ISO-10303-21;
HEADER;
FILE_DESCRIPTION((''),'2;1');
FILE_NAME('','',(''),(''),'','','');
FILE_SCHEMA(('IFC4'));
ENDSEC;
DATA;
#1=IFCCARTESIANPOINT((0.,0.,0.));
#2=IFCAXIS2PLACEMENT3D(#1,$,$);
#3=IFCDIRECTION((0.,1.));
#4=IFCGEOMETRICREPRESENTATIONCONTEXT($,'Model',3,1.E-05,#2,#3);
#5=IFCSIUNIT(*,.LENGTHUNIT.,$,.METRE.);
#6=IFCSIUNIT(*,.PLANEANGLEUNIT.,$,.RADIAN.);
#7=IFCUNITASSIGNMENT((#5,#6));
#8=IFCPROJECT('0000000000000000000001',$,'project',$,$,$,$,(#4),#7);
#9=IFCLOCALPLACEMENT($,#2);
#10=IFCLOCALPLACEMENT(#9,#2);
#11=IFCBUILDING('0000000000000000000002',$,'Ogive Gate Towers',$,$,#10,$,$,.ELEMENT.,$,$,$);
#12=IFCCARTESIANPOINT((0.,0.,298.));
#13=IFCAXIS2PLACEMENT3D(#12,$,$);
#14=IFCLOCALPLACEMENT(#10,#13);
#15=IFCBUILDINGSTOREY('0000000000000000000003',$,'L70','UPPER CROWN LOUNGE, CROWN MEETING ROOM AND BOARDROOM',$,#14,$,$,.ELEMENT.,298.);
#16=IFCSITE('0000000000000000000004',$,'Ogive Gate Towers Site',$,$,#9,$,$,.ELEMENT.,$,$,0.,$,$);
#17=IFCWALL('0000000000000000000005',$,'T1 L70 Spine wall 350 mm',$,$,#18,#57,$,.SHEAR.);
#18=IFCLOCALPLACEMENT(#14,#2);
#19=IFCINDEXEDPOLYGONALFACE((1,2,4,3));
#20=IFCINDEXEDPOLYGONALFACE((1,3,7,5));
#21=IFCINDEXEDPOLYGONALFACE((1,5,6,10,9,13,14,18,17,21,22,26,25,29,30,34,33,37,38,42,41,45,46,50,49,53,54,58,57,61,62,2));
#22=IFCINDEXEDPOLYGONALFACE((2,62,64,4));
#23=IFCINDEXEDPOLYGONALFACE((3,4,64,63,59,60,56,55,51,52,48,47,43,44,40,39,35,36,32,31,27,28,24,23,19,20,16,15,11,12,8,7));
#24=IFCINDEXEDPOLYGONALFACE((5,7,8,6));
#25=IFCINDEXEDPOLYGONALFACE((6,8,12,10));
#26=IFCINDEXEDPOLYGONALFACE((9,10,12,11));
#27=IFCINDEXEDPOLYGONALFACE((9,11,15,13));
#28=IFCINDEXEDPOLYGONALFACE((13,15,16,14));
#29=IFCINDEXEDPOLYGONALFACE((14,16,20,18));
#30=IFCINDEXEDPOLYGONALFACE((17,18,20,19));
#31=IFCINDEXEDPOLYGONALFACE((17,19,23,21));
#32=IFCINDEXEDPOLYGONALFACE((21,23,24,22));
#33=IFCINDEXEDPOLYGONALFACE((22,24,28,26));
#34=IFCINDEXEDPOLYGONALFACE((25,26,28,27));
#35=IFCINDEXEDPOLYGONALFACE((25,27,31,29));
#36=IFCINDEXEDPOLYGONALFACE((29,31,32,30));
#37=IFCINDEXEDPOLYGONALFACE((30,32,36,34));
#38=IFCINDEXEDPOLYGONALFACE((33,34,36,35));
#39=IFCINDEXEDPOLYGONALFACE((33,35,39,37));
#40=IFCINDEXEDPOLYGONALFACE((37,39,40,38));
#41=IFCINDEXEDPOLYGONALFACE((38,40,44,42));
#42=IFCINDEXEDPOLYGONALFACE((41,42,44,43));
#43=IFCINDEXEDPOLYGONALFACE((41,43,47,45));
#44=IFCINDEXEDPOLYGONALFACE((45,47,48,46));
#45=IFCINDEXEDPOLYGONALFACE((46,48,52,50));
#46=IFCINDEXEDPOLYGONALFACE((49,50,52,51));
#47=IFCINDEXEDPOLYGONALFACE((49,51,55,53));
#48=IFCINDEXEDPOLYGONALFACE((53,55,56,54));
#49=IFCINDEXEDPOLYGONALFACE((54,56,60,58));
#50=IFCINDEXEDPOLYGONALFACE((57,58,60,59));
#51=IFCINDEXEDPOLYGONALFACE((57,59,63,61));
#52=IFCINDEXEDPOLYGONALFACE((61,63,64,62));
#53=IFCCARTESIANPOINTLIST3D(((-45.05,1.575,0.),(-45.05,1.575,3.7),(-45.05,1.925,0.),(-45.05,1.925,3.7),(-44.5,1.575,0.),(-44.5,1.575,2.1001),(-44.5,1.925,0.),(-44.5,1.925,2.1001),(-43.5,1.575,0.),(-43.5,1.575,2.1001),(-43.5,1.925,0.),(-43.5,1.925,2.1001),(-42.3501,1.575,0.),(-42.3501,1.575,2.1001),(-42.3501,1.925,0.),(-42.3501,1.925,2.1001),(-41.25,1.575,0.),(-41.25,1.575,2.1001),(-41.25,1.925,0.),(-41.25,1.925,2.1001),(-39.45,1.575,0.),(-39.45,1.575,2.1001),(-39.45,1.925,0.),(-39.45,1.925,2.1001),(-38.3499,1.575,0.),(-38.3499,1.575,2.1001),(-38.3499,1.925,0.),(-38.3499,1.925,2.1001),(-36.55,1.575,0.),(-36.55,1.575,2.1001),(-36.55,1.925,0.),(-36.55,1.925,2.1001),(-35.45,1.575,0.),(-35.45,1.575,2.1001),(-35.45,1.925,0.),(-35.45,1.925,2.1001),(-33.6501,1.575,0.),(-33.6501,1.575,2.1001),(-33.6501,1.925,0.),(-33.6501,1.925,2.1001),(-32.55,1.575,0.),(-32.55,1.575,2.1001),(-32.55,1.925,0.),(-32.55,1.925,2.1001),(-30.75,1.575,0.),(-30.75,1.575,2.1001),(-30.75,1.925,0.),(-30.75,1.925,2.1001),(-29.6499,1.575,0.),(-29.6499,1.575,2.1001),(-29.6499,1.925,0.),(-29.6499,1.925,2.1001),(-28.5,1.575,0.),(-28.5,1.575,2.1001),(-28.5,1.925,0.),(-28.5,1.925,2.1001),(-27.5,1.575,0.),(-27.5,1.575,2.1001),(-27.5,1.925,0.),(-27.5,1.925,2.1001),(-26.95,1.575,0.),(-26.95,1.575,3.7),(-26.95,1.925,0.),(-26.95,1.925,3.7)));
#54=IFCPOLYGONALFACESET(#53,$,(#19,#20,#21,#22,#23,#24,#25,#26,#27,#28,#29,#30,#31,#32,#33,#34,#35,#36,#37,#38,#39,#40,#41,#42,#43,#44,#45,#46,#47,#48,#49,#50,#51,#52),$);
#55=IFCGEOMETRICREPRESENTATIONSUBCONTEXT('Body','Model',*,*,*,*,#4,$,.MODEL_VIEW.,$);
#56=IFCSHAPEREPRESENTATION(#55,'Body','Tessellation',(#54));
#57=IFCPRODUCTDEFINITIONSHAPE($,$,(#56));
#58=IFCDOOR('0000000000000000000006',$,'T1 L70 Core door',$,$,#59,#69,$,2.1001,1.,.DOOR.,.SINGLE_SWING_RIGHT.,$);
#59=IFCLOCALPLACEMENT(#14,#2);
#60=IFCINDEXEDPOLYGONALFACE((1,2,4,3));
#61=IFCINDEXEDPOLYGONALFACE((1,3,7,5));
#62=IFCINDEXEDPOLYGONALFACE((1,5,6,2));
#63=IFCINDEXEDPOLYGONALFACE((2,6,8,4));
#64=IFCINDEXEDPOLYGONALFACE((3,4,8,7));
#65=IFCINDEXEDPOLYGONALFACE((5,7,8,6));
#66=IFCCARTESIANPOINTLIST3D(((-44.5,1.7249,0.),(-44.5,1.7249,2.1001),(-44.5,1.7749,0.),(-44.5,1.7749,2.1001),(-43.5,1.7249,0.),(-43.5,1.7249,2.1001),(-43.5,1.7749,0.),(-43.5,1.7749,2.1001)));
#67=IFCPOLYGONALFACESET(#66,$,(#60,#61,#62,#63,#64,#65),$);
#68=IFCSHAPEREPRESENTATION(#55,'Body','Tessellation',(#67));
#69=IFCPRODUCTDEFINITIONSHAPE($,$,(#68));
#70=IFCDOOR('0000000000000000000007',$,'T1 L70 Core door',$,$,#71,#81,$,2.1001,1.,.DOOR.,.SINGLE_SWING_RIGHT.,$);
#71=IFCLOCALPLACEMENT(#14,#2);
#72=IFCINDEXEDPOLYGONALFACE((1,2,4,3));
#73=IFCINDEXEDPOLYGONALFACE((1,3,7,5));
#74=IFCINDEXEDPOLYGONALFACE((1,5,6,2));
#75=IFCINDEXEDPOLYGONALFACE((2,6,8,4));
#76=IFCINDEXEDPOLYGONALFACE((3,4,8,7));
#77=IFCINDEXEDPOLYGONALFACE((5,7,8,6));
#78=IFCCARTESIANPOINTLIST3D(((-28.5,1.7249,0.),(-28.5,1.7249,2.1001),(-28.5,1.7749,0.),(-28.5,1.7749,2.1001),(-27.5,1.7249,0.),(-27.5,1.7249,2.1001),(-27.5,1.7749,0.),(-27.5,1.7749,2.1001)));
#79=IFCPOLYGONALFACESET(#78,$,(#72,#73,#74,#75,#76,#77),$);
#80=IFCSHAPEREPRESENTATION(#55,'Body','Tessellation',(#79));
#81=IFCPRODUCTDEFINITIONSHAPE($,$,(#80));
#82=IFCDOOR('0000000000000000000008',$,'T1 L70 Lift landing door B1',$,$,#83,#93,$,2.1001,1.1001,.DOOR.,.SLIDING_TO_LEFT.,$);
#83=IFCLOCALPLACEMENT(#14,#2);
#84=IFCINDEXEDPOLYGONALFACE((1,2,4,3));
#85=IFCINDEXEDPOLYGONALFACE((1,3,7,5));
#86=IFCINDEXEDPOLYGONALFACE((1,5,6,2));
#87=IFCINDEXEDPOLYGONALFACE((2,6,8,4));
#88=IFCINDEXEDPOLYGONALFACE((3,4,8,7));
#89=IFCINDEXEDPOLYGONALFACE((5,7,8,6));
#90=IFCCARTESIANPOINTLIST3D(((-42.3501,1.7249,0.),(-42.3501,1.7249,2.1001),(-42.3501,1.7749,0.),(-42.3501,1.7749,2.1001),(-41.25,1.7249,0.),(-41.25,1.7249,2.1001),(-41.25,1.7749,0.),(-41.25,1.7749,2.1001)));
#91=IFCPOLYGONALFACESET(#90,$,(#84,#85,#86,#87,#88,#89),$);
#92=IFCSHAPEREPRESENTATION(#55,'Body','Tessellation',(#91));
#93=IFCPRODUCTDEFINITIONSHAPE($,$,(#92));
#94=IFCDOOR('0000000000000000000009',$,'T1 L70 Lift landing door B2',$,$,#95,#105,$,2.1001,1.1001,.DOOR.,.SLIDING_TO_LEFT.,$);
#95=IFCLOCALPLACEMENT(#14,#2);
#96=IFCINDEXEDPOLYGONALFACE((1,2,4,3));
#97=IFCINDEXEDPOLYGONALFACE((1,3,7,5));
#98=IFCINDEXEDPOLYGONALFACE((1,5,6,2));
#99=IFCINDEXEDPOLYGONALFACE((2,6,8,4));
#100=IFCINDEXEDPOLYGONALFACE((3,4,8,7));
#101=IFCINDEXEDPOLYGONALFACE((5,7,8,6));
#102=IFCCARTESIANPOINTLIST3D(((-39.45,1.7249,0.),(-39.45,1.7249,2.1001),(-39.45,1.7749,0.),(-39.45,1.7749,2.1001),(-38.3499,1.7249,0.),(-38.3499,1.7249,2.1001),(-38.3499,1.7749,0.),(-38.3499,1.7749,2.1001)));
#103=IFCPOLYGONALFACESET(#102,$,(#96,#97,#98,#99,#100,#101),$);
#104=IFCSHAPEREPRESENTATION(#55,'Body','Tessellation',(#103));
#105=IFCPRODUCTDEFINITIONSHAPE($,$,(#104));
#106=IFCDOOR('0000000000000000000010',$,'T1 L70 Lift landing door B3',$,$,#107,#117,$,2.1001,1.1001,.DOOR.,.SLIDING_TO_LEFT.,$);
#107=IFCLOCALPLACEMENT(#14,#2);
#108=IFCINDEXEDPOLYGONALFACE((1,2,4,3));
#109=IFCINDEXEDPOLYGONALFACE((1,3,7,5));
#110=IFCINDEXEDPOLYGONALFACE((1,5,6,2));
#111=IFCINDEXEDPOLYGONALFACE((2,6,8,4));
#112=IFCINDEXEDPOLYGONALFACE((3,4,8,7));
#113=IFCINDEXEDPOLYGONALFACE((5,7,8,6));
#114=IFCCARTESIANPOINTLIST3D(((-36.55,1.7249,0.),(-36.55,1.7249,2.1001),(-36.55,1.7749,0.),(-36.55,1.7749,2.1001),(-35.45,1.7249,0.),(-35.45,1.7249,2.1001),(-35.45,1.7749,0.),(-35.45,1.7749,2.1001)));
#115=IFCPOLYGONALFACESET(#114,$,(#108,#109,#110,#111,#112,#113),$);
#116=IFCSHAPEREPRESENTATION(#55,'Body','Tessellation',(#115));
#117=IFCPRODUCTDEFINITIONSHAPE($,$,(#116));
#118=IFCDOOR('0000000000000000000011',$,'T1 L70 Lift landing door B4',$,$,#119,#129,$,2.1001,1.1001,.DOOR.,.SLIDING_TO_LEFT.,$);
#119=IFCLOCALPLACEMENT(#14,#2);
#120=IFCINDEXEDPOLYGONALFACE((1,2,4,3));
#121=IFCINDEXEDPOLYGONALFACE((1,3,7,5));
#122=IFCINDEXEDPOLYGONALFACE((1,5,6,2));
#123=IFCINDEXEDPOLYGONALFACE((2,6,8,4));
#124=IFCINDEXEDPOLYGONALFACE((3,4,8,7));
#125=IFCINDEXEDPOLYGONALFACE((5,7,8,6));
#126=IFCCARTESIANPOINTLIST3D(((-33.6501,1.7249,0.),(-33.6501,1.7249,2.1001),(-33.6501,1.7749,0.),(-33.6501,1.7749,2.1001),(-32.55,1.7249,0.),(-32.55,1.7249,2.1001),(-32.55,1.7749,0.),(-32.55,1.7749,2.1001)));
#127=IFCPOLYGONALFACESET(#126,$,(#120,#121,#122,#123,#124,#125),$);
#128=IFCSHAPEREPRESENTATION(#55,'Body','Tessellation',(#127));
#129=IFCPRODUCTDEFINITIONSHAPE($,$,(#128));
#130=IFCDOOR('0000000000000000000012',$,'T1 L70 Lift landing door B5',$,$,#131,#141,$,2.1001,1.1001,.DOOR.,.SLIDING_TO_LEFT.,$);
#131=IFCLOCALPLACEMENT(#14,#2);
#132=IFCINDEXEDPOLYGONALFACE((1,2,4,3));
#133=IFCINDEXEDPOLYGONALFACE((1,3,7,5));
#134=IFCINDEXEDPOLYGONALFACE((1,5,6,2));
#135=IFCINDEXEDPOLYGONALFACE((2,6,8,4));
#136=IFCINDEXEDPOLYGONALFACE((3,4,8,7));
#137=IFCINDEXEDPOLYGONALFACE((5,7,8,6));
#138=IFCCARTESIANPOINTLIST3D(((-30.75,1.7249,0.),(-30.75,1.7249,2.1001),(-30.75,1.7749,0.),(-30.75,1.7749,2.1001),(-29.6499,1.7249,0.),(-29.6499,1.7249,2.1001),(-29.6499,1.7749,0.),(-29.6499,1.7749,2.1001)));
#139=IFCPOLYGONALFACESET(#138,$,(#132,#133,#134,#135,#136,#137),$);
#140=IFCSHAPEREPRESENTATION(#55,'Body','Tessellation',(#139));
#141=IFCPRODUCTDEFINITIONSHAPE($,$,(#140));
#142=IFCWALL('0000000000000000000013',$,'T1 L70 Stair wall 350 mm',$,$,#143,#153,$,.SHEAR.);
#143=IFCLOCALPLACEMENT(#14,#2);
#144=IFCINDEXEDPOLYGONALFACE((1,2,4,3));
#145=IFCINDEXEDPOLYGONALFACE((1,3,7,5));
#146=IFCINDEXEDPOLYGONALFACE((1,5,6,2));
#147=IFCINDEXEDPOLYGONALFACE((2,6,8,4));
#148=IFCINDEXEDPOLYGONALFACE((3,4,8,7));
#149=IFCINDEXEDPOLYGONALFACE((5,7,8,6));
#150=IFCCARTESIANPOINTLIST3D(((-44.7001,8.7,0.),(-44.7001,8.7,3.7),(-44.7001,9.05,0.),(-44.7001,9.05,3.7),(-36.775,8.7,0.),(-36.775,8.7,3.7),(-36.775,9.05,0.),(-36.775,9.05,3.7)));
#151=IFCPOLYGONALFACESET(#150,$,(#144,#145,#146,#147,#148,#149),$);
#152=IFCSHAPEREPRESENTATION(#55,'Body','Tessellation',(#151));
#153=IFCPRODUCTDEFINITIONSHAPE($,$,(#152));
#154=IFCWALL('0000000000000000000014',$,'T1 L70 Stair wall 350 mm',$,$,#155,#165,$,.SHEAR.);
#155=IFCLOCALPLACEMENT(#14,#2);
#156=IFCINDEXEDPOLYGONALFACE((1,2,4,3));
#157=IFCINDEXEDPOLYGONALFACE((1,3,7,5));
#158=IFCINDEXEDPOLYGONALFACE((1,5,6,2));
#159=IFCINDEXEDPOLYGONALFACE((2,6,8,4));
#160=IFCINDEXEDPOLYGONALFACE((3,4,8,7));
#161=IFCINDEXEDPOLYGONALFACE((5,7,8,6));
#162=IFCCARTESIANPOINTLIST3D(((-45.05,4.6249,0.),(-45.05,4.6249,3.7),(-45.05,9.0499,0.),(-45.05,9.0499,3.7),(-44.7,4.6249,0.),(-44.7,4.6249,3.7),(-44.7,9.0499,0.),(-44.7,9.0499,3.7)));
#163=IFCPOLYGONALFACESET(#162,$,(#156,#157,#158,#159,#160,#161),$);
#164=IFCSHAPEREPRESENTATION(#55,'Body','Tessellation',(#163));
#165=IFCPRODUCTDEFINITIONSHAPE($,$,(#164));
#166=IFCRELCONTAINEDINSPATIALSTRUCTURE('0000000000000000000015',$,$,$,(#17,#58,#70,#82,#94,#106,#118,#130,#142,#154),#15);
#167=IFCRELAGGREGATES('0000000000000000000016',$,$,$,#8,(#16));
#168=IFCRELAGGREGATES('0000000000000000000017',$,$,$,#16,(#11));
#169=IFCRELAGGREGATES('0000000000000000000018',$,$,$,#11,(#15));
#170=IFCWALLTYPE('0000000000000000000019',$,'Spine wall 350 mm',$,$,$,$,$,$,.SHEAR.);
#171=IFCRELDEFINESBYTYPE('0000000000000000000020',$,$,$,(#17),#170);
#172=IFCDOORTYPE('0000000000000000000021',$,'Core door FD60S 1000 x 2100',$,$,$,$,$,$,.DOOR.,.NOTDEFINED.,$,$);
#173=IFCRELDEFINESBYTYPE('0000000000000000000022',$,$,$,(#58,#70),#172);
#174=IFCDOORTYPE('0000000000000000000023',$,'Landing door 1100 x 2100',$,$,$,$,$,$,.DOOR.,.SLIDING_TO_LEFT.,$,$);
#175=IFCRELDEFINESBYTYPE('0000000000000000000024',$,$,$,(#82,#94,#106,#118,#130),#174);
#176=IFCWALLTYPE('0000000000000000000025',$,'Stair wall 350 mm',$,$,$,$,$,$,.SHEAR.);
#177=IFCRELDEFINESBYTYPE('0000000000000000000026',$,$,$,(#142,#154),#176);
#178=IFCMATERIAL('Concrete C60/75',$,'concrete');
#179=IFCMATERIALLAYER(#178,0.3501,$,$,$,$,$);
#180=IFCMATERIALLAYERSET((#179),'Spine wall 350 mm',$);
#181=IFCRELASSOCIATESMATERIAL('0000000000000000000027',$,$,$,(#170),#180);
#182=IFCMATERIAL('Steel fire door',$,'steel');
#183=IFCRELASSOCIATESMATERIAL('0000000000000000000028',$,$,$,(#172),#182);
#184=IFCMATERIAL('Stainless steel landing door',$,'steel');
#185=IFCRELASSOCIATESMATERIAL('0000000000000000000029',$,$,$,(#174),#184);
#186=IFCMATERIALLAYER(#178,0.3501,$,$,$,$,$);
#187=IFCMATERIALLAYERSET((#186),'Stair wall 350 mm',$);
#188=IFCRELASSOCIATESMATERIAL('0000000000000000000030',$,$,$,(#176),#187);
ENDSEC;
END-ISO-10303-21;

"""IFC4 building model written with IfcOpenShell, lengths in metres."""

from ifc_helpers import new_model, si_unit, direction, frame, frame_2d, origin, place, context, subcontext, project, spatial, rectangle, extrude, material, layer, layer_set, type_object, element, fill, save


model = new_model("IFC4")

# Units and contexts
model_context = context("Model", 3, precision=1e-05, world=origin(), true_north=direction((0.0, 1.0)))
body_context = subcontext(model_context, "Body", "Model", "MODEL_VIEW")
ifc_project = project(units=[si_unit("LENGTHUNIT", "METRE"), si_unit("PLANEANGLEUNIT", "RADIAN")], contexts=[model_context])

# Site, building, storey
site_placement = place(None, origin())
site = spatial("IfcSite", under=ifc_project, at=site_placement, Name="Ogive Gate Towers Site", CompositionType="ELEMENT", RefElevation=0.0)
building_placement = place(site_placement, origin())
building = spatial("IfcBuilding", under=site, at=building_placement, Name="Ogive Gate Towers", CompositionType="ELEMENT")
storey_placement = place(building_placement, frame((0.0, 0.0, 298.0)))
storey = spatial("IfcBuildingStorey", under=building, at=storey_placement, Name="L70", Description="UPPER CROWN LOUNGE, CROWN MEETING ROOM AND BOARDROOM", CompositionType="ELEMENT", Elevation=298.0)

# Shared definitions
ifc_material_1 = material(Name="Concrete C60/75", Category="concrete")
ifc_material_2 = material(Name="Steel fire door", Category="steel")

# Wall, openings, doors
ifc_layer_1 = layer(ifc_material_1, 0.3501)
ifc_layer_set_1 = layer_set([ifc_layer_1], Name="Spine wall 350 mm")
wall_type_1 = type_object("IfcWallType", Name="Spine wall 350 mm", PredefinedType="SHEAR", material=ifc_layer_set_1)
wall_1_placement = place(storey_placement, frame((-45.05, 1.75, 0.0), z_axis=(0.0, 0.0, 1.0), x_axis=(1.0, 0.0, 0.0)))
wall_1 = element("IfcWall", 1, at=wall_1_placement, inside=storey, type_object=wall_type_1, Name="T1 L70 Spine wall 350 mm", PredefinedType="SHEAR", context=body_context, shape_type="SweptSolid", body=[
    extrude(rectangle(XDim=18.1001, YDim=0.3501, at=frame_2d((9.05, 0.0))), origin(), (0.0, 0.0, 1.0), 3.7),
])
opening_1_placement = place(wall_1_placement, frame((0.55, 0.0, 0.0)))
opening_1 = element("IfcOpeningElement", 2, at=opening_1_placement, cuts=wall_1, PredefinedType="OPENING", context=body_context, shape_type="SweptSolid", body=[
    extrude(rectangle(XDim=1.0, YDim=2.1001, at=frame_2d((0.5, 1.05))), frame((0.0, 0.1851, 0.0), z_axis=(0.0, -1.0, 0.0), x_axis=(1.0, 0.0, 0.0)), (0.0, 0.0, 1.0), 0.3701),
])
opening_2_placement = place(wall_1_placement, frame((2.7, 0.0, 0.0)))
opening_2 = element("IfcOpeningElement", 3, at=opening_2_placement, cuts=wall_1, PredefinedType="OPENING", context=body_context, shape_type="SweptSolid", body=[
    extrude(rectangle(XDim=1.1001, YDim=2.1001, at=frame_2d((0.55, 1.05))), frame((0.0, 0.1851, 0.0), z_axis=(0.0, -1.0, 0.0), x_axis=(1.0, 0.0, 0.0)), (0.0, 0.0, 1.0), 0.3701),
])
opening_3_placement = place(wall_1_placement, frame((5.6001, 0.0, 0.0)))
opening_3 = element("IfcOpeningElement", 4, at=opening_3_placement, cuts=wall_1, PredefinedType="OPENING", context=body_context, shape_type="SweptSolid", body=[
    extrude(rectangle(XDim=1.1001, YDim=2.1001, at=frame_2d((0.55, 1.05))), frame((0.0, 0.1851, 0.0), z_axis=(0.0, -1.0, 0.0), x_axis=(1.0, 0.0, 0.0)), (0.0, 0.0, 1.0), 0.3701),
])
opening_4_placement = place(wall_1_placement, frame((8.5, 0.0, 0.0)))
opening_4 = element("IfcOpeningElement", 5, at=opening_4_placement, cuts=wall_1, PredefinedType="OPENING", context=body_context, shape_type="SweptSolid", body=[
    extrude(rectangle(XDim=1.1001, YDim=2.1001, at=frame_2d((0.55, 1.05))), frame((0.0, 0.1851, 0.0), z_axis=(0.0, -1.0, 0.0), x_axis=(1.0, 0.0, 0.0)), (0.0, 0.0, 1.0), 0.3701),
])
opening_5_placement = place(wall_1_placement, frame((11.3999, 0.0, 0.0)))
opening_5 = element("IfcOpeningElement", 6, at=opening_5_placement, cuts=wall_1, PredefinedType="OPENING", context=body_context, shape_type="SweptSolid", body=[
    extrude(rectangle(XDim=1.1001, YDim=2.1001, at=frame_2d((0.55, 1.05))), frame((0.0, 0.1851, 0.0), z_axis=(0.0, -1.0, 0.0), x_axis=(1.0, 0.0, 0.0)), (0.0, 0.0, 1.0), 0.3701),
])
opening_6_placement = place(wall_1_placement, frame((14.3, 0.0, 0.0)))
opening_6 = element("IfcOpeningElement", 7, at=opening_6_placement, cuts=wall_1, PredefinedType="OPENING", context=body_context, shape_type="SweptSolid", body=[
    extrude(rectangle(XDim=1.1001, YDim=2.1001, at=frame_2d((0.55, 1.05))), frame((0.0, 0.1851, 0.0), z_axis=(0.0, -1.0, 0.0), x_axis=(1.0, 0.0, 0.0)), (0.0, 0.0, 1.0), 0.3701),
])
opening_7_placement = place(wall_1_placement, frame((16.55, 0.0, 0.0)))
opening_7 = element("IfcOpeningElement", 8, at=opening_7_placement, cuts=wall_1, PredefinedType="OPENING", context=body_context, shape_type="SweptSolid", body=[
    extrude(rectangle(XDim=1.0, YDim=2.1001, at=frame_2d((0.5, 1.05))), frame((0.0, 0.1851, 0.0), z_axis=(0.0, -1.0, 0.0), x_axis=(1.0, 0.0, 0.0)), (0.0, 0.0, 1.0), 0.3701),
])
door_type_1 = type_object("IfcDoorType", Name="Core door FD60S 1000 x 2100", OperationType="NOTDEFINED", PredefinedType="DOOR", material=ifc_material_2)
door_1_placement = place(opening_1_placement, origin())
door_1 = element("IfcDoor", 9, at=door_1_placement, inside=storey, type_object=door_type_1, Name="T1 L70 Core door", OperationType="SINGLE_SWING_RIGHT", OverallHeight=2.1001, OverallWidth=1.0, PredefinedType="DOOR", context=body_context, shape_type="SweptSolid", body=[
    extrude(rectangle(XDim=1.0, YDim=2.1001, at=frame_2d((0.5, 1.05))), frame((0.0, 0.0249, 0.0), z_axis=(0.0, -1.0, 0.0), x_axis=(1.0, 0.0, 0.0)), (0.0, 0.0, 1.0), 0.05),
])
fill(opening_1, door_1)
door_2_placement = place(opening_7_placement, origin())
door_2 = element("IfcDoor", 10, at=door_2_placement, inside=storey, type_object=door_type_1, Name="T1 L70 Core door", OperationType="SINGLE_SWING_RIGHT", OverallHeight=2.1001, OverallWidth=1.0, PredefinedType="DOOR", context=body_context, shape_type="SweptSolid", body=[
    extrude(rectangle(XDim=1.0, YDim=2.1001, at=frame_2d((0.5, 1.05))), frame((0.0, 0.0249, 0.0), z_axis=(0.0, -1.0, 0.0), x_axis=(1.0, 0.0, 0.0)), (0.0, 0.0, 1.0), 0.05),
])
fill(opening_7, door_2)
ifc_material_3 = material(Name="Stainless steel landing door", Category="steel")
door_type_2 = type_object("IfcDoorType", Name="Landing door 1100 x 2100", OperationType="SLIDING_TO_LEFT", PredefinedType="DOOR", material=ifc_material_3)
door_3_placement = place(opening_2_placement, origin())
door_3 = element("IfcDoor", 11, at=door_3_placement, inside=storey, type_object=door_type_2, Name="T1 L70 Lift landing door B1", OperationType="SLIDING_TO_LEFT", OverallHeight=2.1001, OverallWidth=1.1001, PredefinedType="DOOR", context=body_context, shape_type="SweptSolid", body=[
    extrude(rectangle(XDim=1.1001, YDim=2.1001, at=frame_2d((0.55, 1.05))), frame((0.0, 0.0249, 0.0), z_axis=(0.0, -1.0, 0.0), x_axis=(1.0, 0.0, 0.0)), (0.0, 0.0, 1.0), 0.05),
])
fill(opening_2, door_3)
door_4_placement = place(opening_3_placement, origin())
door_4 = element("IfcDoor", 12, at=door_4_placement, inside=storey, type_object=door_type_2, Name="T1 L70 Lift landing door B2", OperationType="SLIDING_TO_LEFT", OverallHeight=2.1001, OverallWidth=1.1001, PredefinedType="DOOR", context=body_context, shape_type="SweptSolid", body=[
    extrude(rectangle(XDim=1.1001, YDim=2.1001, at=frame_2d((0.55, 1.05))), frame((0.0, 0.0249, 0.0), z_axis=(0.0, -1.0, 0.0), x_axis=(1.0, 0.0, 0.0)), (0.0, 0.0, 1.0), 0.05),
])
fill(opening_3, door_4)
door_5_placement = place(opening_4_placement, origin())
door_5 = element("IfcDoor", 13, at=door_5_placement, inside=storey, type_object=door_type_2, Name="T1 L70 Lift landing door B3", OperationType="SLIDING_TO_LEFT", OverallHeight=2.1001, OverallWidth=1.1001, PredefinedType="DOOR", context=body_context, shape_type="SweptSolid", body=[
    extrude(rectangle(XDim=1.1001, YDim=2.1001, at=frame_2d((0.55, 1.05))), frame((0.0, 0.0249, 0.0), z_axis=(0.0, -1.0, 0.0), x_axis=(1.0, 0.0, 0.0)), (0.0, 0.0, 1.0), 0.05),
])
fill(opening_4, door_5)
door_6_placement = place(opening_5_placement, origin())
door_6 = element("IfcDoor", 14, at=door_6_placement, inside=storey, type_object=door_type_2, Name="T1 L70 Lift landing door B4", OperationType="SLIDING_TO_LEFT", OverallHeight=2.1001, OverallWidth=1.1001, PredefinedType="DOOR", context=body_context, shape_type="SweptSolid", body=[
    extrude(rectangle(XDim=1.1001, YDim=2.1001, at=frame_2d((0.55, 1.05))), frame((0.0, 0.0249, 0.0), z_axis=(0.0, -1.0, 0.0), x_axis=(1.0, 0.0, 0.0)), (0.0, 0.0, 1.0), 0.05),
])
fill(opening_5, door_6)
door_7_placement = place(opening_6_placement, origin())
door_7 = element("IfcDoor", 15, at=door_7_placement, inside=storey, type_object=door_type_2, Name="T1 L70 Lift landing door B5", OperationType="SLIDING_TO_LEFT", OverallHeight=2.1001, OverallWidth=1.1001, PredefinedType="DOOR", context=body_context, shape_type="SweptSolid", body=[
    extrude(rectangle(XDim=1.1001, YDim=2.1001, at=frame_2d((0.55, 1.05))), frame((0.0, 0.0249, 0.0), z_axis=(0.0, -1.0, 0.0), x_axis=(1.0, 0.0, 0.0)), (0.0, 0.0, 1.0), 0.05),
])
fill(opening_6, door_7)

# Walls
ifc_layer_2 = layer(ifc_material_1, 0.3501)
ifc_layer_set_2 = layer_set([ifc_layer_2], Name="Stair wall 350 mm")
wall_type_2 = type_object("IfcWallType", Name="Stair wall 350 mm", PredefinedType="SHEAR", material=ifc_layer_set_2)
wall_2_placement = place(storey_placement, frame((-44.7, 8.875, 0.0), z_axis=(0.0, 0.0, 1.0), x_axis=(1.0, 0.0, 0.0)))
element("IfcWall", 16, at=wall_2_placement, inside=storey, type_object=wall_type_2, Name="T1 L70 Stair wall 350 mm", PredefinedType="SHEAR", context=body_context, shape_type="SweptSolid", body=[
    extrude(rectangle(XDim=7.925, YDim=0.3501, at=frame_2d((3.9624, 0.0))), origin(), (0.0, 0.0, 1.0), 3.7),
])
wall_3_placement = place(storey_placement, frame((-44.875, 4.625, 0.0), z_axis=(0.0, 0.0, 1.0), x_axis=(0.0, 1.0, 0.0)))
element("IfcWall", 17, at=wall_3_placement, inside=storey, type_object=wall_type_2, Name="T1 L70 Stair wall 350 mm", PredefinedType="SHEAR", context=body_context, shape_type="SweptSolid", body=[
    extrude(rectangle(XDim=4.425, YDim=0.3501, at=frame_2d((2.2124, 0.0))), origin(), (0.0, 0.0, 1.0), 3.7),
])

save(model, "model.ifc")
